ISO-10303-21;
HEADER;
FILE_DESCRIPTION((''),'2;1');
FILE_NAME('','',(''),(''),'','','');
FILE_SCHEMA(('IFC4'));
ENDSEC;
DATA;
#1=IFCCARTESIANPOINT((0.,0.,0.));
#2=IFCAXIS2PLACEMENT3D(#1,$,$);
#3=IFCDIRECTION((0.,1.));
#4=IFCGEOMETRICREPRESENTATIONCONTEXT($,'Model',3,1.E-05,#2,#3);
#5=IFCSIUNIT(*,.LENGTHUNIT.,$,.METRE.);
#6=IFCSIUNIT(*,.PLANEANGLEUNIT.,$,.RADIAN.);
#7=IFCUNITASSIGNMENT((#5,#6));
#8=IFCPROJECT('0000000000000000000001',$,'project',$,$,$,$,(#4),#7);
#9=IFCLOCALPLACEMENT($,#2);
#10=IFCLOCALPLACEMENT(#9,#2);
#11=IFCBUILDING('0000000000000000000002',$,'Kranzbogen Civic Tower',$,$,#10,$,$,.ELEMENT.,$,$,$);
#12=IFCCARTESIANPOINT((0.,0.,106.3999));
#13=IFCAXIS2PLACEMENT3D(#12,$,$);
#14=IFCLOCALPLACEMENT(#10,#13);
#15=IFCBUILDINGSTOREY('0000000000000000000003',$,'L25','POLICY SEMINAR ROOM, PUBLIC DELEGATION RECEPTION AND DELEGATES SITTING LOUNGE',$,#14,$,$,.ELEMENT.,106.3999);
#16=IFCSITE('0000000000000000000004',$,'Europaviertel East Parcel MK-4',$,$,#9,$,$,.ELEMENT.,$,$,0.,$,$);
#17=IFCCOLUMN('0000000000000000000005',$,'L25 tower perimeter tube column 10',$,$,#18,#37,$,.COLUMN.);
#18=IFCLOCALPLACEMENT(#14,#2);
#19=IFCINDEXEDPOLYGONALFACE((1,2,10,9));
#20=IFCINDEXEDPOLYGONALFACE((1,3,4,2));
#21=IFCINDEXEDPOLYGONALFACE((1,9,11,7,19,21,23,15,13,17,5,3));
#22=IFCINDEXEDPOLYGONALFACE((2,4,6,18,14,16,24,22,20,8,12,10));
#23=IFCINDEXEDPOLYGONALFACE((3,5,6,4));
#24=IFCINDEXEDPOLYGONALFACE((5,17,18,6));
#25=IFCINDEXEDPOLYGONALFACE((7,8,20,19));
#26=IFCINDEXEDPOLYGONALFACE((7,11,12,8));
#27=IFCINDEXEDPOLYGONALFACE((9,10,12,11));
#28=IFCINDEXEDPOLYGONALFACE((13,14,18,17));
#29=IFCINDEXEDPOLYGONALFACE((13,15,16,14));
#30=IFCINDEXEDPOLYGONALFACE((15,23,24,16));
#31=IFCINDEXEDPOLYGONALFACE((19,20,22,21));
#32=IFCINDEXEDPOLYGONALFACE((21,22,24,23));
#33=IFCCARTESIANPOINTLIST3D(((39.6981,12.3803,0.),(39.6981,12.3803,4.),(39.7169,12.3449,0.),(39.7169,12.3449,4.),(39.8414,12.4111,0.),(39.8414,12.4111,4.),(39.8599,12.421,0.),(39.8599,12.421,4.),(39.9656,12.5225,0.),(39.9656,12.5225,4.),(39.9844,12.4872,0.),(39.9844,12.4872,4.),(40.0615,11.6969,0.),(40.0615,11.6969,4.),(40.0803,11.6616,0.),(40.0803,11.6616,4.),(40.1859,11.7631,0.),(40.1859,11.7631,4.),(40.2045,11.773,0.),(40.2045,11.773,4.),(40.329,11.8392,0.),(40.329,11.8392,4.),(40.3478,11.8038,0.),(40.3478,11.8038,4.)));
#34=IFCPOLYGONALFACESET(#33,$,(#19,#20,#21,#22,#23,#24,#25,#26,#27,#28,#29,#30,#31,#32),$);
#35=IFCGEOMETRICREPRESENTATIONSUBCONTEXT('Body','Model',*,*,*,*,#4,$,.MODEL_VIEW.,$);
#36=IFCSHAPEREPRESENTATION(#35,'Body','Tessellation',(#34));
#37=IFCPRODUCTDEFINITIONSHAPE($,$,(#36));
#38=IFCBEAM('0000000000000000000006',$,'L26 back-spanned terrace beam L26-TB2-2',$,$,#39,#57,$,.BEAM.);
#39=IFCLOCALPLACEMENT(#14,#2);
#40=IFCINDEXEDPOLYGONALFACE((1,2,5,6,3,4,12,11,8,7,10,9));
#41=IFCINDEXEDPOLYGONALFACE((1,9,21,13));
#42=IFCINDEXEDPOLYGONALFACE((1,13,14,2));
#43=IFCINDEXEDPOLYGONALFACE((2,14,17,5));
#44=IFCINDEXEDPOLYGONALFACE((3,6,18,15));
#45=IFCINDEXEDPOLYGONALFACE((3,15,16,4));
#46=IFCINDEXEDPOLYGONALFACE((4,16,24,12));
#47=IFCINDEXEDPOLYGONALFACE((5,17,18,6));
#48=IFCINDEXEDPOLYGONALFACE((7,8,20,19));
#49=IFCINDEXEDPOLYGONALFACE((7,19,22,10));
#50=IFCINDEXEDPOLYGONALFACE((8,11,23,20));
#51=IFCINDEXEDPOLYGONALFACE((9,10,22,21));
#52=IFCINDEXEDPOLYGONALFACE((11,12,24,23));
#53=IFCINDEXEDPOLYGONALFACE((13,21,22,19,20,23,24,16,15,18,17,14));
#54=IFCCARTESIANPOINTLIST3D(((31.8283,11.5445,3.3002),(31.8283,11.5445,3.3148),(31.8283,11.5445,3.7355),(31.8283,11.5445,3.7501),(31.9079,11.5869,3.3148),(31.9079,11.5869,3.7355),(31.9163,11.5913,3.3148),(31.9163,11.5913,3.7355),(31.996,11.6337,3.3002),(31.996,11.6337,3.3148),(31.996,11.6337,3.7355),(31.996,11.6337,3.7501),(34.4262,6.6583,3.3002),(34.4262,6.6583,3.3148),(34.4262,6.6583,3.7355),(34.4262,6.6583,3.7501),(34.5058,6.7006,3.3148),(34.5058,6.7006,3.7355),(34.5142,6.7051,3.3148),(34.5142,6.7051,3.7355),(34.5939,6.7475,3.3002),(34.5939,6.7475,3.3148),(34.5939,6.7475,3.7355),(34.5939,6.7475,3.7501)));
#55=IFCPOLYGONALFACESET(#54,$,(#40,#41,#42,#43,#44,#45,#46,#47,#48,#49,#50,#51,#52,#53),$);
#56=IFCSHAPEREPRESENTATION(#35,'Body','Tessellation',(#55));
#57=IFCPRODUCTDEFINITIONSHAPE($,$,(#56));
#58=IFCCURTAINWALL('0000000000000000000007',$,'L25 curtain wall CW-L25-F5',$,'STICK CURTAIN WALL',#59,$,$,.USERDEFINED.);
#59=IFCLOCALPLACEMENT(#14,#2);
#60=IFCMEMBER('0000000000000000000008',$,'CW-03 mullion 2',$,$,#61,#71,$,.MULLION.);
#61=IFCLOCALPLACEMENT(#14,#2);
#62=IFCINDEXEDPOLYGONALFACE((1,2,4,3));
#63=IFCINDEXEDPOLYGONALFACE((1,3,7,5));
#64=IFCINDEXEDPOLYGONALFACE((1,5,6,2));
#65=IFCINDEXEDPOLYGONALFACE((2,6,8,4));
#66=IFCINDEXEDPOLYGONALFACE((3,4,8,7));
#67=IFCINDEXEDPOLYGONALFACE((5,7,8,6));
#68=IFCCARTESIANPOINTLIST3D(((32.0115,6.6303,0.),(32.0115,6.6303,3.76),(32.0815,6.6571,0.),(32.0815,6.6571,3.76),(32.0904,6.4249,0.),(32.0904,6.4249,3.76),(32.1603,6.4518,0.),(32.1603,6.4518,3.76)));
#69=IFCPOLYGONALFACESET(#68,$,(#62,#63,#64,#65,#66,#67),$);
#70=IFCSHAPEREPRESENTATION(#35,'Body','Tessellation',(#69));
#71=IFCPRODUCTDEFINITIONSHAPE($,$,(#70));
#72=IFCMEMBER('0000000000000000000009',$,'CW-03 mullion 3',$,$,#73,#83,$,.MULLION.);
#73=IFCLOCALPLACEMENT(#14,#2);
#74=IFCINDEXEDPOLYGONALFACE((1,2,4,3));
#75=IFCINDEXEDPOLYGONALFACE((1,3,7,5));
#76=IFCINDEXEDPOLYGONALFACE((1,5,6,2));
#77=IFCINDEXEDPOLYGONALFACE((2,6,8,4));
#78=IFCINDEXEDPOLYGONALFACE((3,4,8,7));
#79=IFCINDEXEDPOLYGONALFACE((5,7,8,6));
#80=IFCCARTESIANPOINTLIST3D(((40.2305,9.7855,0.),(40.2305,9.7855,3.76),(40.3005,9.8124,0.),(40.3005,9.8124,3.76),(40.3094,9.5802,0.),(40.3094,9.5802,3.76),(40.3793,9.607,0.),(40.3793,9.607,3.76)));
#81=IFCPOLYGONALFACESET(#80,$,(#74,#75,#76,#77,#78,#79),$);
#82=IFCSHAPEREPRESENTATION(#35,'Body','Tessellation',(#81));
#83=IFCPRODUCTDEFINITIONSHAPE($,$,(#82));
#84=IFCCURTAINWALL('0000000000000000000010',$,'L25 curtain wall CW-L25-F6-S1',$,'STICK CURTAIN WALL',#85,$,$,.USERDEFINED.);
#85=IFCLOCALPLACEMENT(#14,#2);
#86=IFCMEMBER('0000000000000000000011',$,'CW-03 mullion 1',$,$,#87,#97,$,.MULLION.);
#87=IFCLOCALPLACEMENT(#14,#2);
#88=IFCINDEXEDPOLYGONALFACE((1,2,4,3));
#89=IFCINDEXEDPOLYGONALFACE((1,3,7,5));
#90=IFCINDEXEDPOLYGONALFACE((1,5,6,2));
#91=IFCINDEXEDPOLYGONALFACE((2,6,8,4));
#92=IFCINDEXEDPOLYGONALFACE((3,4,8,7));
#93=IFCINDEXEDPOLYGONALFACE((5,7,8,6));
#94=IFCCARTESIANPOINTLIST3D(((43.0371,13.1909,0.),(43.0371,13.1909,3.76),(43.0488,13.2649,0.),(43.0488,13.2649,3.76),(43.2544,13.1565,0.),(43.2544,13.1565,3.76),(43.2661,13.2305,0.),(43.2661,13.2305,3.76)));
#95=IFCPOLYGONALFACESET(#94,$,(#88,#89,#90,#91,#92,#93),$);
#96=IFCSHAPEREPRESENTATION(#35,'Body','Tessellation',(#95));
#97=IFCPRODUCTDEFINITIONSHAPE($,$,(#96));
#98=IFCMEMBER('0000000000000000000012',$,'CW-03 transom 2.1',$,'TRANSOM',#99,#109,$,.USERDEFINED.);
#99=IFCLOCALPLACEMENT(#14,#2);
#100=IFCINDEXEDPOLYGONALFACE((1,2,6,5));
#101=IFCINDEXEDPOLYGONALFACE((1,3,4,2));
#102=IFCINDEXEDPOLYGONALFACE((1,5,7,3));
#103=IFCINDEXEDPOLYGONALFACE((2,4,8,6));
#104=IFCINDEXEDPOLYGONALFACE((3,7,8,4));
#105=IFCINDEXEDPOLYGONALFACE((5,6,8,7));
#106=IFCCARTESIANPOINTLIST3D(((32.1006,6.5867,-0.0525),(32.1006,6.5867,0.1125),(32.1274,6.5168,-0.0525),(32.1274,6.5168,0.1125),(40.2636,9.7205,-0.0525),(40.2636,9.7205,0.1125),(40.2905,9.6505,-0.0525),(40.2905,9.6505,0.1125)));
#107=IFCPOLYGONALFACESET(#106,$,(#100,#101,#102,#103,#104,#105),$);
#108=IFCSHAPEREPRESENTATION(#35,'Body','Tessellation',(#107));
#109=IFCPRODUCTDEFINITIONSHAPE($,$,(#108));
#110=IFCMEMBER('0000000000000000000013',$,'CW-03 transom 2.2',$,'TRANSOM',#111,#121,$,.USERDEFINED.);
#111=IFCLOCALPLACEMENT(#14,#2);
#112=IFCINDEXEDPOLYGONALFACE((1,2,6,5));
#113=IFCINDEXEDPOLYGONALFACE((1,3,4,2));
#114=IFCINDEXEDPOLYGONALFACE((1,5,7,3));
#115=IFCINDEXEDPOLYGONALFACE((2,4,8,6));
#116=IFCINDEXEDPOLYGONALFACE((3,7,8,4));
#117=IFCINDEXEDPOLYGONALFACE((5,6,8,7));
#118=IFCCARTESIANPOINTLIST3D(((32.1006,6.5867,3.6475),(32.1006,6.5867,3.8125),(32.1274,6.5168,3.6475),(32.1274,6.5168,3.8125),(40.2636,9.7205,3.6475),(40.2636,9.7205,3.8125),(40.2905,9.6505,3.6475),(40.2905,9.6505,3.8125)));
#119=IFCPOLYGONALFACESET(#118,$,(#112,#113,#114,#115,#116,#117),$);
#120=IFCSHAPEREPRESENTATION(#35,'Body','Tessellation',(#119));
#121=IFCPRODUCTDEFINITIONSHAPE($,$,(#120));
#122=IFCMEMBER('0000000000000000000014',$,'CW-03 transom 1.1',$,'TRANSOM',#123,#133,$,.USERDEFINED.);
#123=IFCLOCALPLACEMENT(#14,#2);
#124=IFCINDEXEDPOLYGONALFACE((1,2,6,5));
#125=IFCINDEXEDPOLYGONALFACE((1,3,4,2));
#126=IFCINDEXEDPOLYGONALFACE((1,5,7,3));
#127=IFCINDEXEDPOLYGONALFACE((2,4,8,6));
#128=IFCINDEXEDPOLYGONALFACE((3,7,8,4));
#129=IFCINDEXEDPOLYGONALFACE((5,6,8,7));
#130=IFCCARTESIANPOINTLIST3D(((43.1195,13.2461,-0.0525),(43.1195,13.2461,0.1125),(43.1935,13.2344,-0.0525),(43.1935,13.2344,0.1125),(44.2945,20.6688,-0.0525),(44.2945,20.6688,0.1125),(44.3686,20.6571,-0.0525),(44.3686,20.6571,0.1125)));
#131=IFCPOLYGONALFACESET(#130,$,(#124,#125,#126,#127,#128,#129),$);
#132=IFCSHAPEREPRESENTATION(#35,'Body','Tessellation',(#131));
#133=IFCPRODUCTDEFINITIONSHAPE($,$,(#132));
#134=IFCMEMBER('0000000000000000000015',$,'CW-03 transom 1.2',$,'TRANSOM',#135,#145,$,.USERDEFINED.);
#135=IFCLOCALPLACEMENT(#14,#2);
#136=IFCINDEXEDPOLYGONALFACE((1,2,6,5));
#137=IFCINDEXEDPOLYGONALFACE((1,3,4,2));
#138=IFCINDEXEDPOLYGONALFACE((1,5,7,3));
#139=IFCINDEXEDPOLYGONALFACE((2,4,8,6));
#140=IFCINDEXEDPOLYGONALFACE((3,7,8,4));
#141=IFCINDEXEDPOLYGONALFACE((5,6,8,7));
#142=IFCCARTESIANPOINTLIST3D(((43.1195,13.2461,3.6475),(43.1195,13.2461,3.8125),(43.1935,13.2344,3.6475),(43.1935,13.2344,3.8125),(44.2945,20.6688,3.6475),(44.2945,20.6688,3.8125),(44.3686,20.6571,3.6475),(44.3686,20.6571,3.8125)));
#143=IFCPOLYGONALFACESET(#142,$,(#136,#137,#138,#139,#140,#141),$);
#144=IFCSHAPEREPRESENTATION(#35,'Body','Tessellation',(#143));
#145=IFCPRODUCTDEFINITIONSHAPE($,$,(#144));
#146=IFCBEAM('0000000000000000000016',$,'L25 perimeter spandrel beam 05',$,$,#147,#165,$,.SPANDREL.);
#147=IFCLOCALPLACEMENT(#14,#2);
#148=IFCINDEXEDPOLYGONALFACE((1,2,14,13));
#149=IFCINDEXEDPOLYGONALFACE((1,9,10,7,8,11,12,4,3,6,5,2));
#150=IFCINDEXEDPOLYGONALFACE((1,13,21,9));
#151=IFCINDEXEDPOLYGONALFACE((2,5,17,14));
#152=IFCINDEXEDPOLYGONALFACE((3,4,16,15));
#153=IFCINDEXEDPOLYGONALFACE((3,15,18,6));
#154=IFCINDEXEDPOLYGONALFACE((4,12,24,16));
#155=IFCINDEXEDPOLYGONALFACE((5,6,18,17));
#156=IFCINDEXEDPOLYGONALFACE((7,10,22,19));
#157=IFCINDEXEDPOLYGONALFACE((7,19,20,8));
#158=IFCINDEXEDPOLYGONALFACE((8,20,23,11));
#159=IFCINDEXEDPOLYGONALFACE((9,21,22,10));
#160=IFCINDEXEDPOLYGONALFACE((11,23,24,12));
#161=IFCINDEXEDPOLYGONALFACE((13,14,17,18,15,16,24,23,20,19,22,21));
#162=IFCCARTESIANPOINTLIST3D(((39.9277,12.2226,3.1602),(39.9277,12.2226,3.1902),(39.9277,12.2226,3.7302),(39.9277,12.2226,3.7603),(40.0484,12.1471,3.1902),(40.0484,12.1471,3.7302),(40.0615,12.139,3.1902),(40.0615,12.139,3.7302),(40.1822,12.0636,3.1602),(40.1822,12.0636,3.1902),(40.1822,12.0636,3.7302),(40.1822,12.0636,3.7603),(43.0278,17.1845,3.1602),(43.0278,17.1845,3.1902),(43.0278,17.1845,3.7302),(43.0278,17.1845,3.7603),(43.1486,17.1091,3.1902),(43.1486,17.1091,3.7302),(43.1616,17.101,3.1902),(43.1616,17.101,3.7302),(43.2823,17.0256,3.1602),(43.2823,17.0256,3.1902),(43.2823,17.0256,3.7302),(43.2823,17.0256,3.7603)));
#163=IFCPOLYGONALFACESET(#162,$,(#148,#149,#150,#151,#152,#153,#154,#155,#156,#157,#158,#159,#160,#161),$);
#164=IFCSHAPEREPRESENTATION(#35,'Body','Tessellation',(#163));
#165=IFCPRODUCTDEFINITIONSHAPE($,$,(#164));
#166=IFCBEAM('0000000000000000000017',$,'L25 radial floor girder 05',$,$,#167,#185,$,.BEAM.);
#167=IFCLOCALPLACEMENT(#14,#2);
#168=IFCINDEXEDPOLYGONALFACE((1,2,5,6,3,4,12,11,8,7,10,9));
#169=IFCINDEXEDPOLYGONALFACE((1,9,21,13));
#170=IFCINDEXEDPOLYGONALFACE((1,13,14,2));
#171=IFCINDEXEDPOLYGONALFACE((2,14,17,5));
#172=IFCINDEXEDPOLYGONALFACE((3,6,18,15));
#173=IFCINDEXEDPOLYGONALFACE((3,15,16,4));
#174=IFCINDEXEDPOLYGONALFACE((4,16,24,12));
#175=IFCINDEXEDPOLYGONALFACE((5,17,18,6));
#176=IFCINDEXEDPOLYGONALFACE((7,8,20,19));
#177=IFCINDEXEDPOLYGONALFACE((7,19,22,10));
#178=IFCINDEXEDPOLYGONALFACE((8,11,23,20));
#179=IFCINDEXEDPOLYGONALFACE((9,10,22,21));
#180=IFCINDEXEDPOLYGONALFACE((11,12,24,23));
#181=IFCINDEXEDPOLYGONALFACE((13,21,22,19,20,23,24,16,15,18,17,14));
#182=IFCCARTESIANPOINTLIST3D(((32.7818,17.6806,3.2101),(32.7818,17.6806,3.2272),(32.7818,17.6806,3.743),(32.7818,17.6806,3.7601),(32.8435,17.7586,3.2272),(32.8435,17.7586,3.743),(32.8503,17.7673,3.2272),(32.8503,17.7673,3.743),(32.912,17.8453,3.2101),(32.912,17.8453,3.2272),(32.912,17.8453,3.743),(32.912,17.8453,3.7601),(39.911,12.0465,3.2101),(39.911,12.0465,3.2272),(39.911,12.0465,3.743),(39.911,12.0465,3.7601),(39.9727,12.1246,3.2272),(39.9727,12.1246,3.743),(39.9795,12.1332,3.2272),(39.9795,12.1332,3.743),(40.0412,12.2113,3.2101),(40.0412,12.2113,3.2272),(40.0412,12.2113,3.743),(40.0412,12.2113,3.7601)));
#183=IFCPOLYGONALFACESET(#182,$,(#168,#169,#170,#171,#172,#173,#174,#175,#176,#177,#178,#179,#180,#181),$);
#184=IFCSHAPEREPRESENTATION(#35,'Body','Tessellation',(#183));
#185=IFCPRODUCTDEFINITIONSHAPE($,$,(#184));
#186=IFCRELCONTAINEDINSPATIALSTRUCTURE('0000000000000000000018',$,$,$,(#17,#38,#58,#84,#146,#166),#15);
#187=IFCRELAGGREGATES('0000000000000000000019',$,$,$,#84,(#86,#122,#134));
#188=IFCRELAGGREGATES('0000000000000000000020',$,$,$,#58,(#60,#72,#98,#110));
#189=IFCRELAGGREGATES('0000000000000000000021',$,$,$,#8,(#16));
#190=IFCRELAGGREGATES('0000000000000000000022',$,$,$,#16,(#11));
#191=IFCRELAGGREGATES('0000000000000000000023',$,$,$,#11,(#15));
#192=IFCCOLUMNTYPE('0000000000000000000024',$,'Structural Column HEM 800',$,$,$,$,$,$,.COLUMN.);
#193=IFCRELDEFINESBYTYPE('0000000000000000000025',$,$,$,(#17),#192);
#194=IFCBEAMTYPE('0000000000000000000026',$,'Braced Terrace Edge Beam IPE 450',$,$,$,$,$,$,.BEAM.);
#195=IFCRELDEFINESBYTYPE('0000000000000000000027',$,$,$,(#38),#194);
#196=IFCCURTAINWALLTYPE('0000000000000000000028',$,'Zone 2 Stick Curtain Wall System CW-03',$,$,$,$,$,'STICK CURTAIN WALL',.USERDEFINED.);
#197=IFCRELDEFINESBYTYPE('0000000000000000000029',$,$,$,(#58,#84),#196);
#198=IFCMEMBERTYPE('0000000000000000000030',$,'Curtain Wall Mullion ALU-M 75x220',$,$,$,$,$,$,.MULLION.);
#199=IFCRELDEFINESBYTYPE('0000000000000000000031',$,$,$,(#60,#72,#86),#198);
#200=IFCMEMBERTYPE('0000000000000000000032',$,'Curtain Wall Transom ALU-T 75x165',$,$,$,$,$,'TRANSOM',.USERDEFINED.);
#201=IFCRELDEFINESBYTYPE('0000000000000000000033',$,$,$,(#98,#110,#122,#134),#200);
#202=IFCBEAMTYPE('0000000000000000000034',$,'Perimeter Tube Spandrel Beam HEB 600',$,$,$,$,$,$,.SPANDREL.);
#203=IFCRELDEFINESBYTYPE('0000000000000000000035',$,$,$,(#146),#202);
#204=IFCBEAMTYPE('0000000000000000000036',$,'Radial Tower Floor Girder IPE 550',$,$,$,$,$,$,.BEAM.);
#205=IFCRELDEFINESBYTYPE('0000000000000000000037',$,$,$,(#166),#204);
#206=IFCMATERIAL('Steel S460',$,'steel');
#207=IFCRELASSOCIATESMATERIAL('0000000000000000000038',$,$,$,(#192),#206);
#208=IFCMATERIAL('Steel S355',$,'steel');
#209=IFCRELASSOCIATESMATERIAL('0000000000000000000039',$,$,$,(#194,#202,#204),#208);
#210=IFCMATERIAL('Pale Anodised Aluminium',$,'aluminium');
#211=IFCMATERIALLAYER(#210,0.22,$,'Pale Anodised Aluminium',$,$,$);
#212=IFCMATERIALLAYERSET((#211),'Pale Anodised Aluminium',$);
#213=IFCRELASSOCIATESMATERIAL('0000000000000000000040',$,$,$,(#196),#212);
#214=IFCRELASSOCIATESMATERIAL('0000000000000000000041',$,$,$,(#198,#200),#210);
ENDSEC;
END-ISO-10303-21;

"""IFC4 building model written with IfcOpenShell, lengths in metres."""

from ifc_helpers import new_model, si_unit, direction, frame, origin, origin_2d, place, context, subcontext, project, spatial, rectangle, i_section, extrude, material, layer, layer_set, material_profile, profile_set, type_object, element, aggregate, save


model = new_model("IFC4")

# Units and contexts
model_context = context("Model", 3, precision=1e-05, world=origin(), true_north=direction((0.0, 1.0)))
body_context = subcontext(model_context, "Body", "Model", "MODEL_VIEW")
ifc_project = project(units=[si_unit("LENGTHUNIT", "METRE"), si_unit("PLANEANGLEUNIT", "RADIAN")], contexts=[model_context])

# Site, building, storey
site_placement = place(None, origin())
site = spatial("IfcSite", under=ifc_project, at=site_placement, Name="Europaviertel East Parcel MK-4", CompositionType="ELEMENT", RefElevation=0.0)
building_placement = place(site_placement, origin())
building = spatial("IfcBuilding", under=site, at=building_placement, Name="Kranzbogen Civic Tower", CompositionType="ELEMENT")
storey_placement = place(building_placement, frame((0.0, 0.0, 106.3999)))
storey = spatial("IfcBuildingStorey", under=building, at=storey_placement, Name="L25", Description="POLICY SEMINAR ROOM, PUBLIC DELEGATION RECEPTION AND DELEGATES SITTING LOUNGE", CompositionType="ELEMENT", Elevation=106.3999)

# Column
ifc_material_1 = material(Name="Steel S460", Category="steel")
ifc_material_profile_1 = material_profile(ifc_material_1, i_section(OverallWidth=0.303, OverallDepth=0.814, WebThickness=0.021, FlangeThickness=0.04, at=origin_2d()), Name="HEM 800")
ifc_profile_set_1 = profile_set([ifc_material_profile_1], Name="Steel S460")
column_type = type_object("IfcColumnType", Name="Structural Column HEM 800", PredefinedType="COLUMN", material=ifc_profile_set_1)
column_placement = place(storey_placement, frame((40.0229, 12.092, 0.0), z_axis=(0.0, 0.0, 1.0), x_axis=(0.882948, 0.469472, 0.0)))
element("IfcColumn", 1, at=column_placement, inside=storey, type_object=column_type, Name="L25 tower perimeter tube column 10", PredefinedType="COLUMN", context=body_context, shape_type="SweptSolid", body=[
    extrude(i_section(OverallWidth=0.303, OverallDepth=0.814, WebThickness=0.021, FlangeThickness=0.04, at=origin_2d()), origin(), (0.0, 0.0, 1.0), 4.0),
])

# Beam
ifc_material_2 = material(Name="Steel S355", Category="steel")
ifc_material_profile_2 = material_profile(ifc_material_2, i_section(OverallWidth=0.1899, OverallDepth=0.45, WebThickness=0.0095, FlangeThickness=0.0146, at=origin_2d()), Name="IPE 450")
ifc_profile_set_2 = profile_set([ifc_material_profile_2], Name="Steel S355")
beam_type_1 = type_object("IfcBeamType", Name="Braced Terrace Edge Beam IPE 450", PredefinedType="BEAM", material=ifc_profile_set_2)
beam_1_placement = place(storey_placement, frame((31.9121, 11.5891, 3.5251), z_axis=(0.46945, -0.882959, 0.0), x_axis=(0.882959, 0.46945, 0.0)))
element("IfcBeam", 2, at=beam_1_placement, inside=storey, type_object=beam_type_1, Name="L26 back-spanned terrace beam L26-TB2-2", PredefinedType="BEAM", context=body_context, shape_type="SweptSolid", body=[
    extrude(i_section(OverallWidth=0.1899, OverallDepth=0.45, WebThickness=0.0095, FlangeThickness=0.0146, at=origin_2d()), origin(), (0.0, 0.0, 1.0), 5.5339),
])

# Curtain wall, members
ifc_material_3 = material(Name="Pale Anodised Aluminium", Category="aluminium")
ifc_layer_1 = layer(ifc_material_3, 0.22, Name="Pale Anodised Aluminium")
ifc_layer_set_1 = layer_set([ifc_layer_1], Name="Pale Anodised Aluminium")
curtain_wall_type = type_object("IfcCurtainWallType", Name="Zone 2 Stick Curtain Wall System CW-03", ElementType="STICK CURTAIN WALL", PredefinedType="USERDEFINED", material=ifc_layer_set_1)
curtain_wall_1_placement = place(storey_placement, origin())
curtain_wall_1 = element("IfcCurtainWall", 3, at=curtain_wall_1_placement, inside=storey, type_object=curtain_wall_type, Name="L25 curtain wall CW-L25-F5", ObjectType="STICK CURTAIN WALL", PredefinedType="USERDEFINED")
ifc_material_profile_3 = material_profile(ifc_material_3, rectangle(XDim=0.075, YDim=0.22, at=origin_2d()), Name="ALU-M 75x220")
ifc_profile_set_3 = profile_set([ifc_material_profile_3], Name="Pale Anodised Aluminium")
member_type_1 = type_object("IfcMemberType", Name="Curtain Wall Mullion ALU-M 75x220", PredefinedType="MULLION", material=ifc_profile_set_3)
member_1_placement = place(storey_placement, frame((32.0859, 6.541, 0.0), z_axis=(0.0, 0.0, 1.0), x_axis=(0.93357, 0.358395, 0.0)))
member_1 = element("IfcMember", 4, at=member_1_placement, type_object=member_type_1, Name="CW-03 mullion 2", PredefinedType="MULLION", context=body_context, shape_type="SweptSolid", body=[
    extrude(rectangle(XDim=0.075, YDim=0.22, at=origin_2d()), origin(), (0.0, 0.0, 1.0), 3.76),
])
member_2_placement = place(storey_placement, frame((40.3049, 9.6963, 0.0), z_axis=(0.0, 0.0, 1.0), x_axis=(0.93357, 0.358395, 0.0)))
member_2 = element("IfcMember", 5, at=member_2_placement, type_object=member_type_1, Name="CW-03 mullion 3", PredefinedType="MULLION", context=body_context, shape_type="SweptSolid", body=[
    extrude(rectangle(XDim=0.075, YDim=0.22, at=origin_2d()), origin(), (0.0, 0.0, 1.0), 3.76),
])

# Curtain wall, member
curtain_wall_2_placement = place(storey_placement, origin())
curtain_wall_2 = element("IfcCurtainWall", 6, at=curtain_wall_2_placement, inside=storey, type_object=curtain_wall_type, Name="L25 curtain wall CW-L25-F6-S1", ObjectType="STICK CURTAIN WALL", PredefinedType="USERDEFINED")
member_3_placement = place(storey_placement, frame((43.1516, 13.2107, 0.0), z_axis=(0.0, 0.0, 1.0), x_axis=(0.156386, 0.987696, 0.0)))
member_3 = element("IfcMember", 7, at=member_3_placement, type_object=member_type_1, Name="CW-03 mullion 1", PredefinedType="MULLION", context=body_context, shape_type="SweptSolid", body=[
    extrude(rectangle(XDim=0.075, YDim=0.22, at=origin_2d()), origin(), (0.0, 0.0, 1.0), 3.76),
])

# Members
ifc_material_profile_4 = material_profile(ifc_material_3, rectangle(XDim=0.075, YDim=0.165, at=origin_2d()), Name="ALU-T 75x165")
ifc_profile_set_4 = profile_set([ifc_material_profile_4], Name="Pale Anodised Aluminium")
member_type_2 = type_object("IfcMemberType", Name="Curtain Wall Transom ALU-T 75x165", ElementType="TRANSOM", PredefinedType="USERDEFINED", material=ifc_profile_set_4)
member_4_placement = place(storey_placement, frame((32.114, 6.5518, 0.03), z_axis=(0.93357, 0.358395, 0.0), x_axis=(-0.358395, 0.93357, 0.0)))
member_4 = element("IfcMember", 8, at=member_4_placement, type_object=member_type_2, Name="CW-03 transom 2.1", ObjectType="TRANSOM", PredefinedType="USERDEFINED", context=body_context, shape_type="SweptSolid", body=[
    extrude(rectangle(XDim=0.075, YDim=0.165, at=origin_2d()), origin(), (0.0, 0.0, 1.0), 8.7439),
])
member_5_placement = place(storey_placement, frame((32.114, 6.5518, 3.73), z_axis=(0.93357, 0.358395, 0.0), x_axis=(-0.358395, 0.93357, 0.0)))
member_5 = element("IfcMember", 9, at=member_5_placement, type_object=member_type_2, Name="CW-03 transom 2.2", ObjectType="TRANSOM", PredefinedType="USERDEFINED", context=body_context, shape_type="SweptSolid", body=[
    extrude(rectangle(XDim=0.075, YDim=0.165, at=origin_2d()), origin(), (0.0, 0.0, 1.0), 8.7439),
])
member_6_placement = place(storey_placement, frame((43.1565, 13.2402, 0.03), z_axis=(0.15636, 0.9877, 0.0), x_axis=(-0.9877, 0.15636, 0.0)))
member_6 = element("IfcMember", 10, at=member_6_placement, type_object=member_type_2, Name="CW-03 transom 1.1", ObjectType="TRANSOM", PredefinedType="USERDEFINED", context=body_context, shape_type="SweptSolid", body=[
    extrude(rectangle(XDim=0.075, YDim=0.165, at=origin_2d()), origin(), (0.0, 0.0, 1.0), 7.5151),
])
member_7_placement = place(storey_placement, frame((43.1565, 13.2402, 3.73), z_axis=(0.15636, 0.9877, 0.0), x_axis=(-0.9877, 0.15636, 0.0)))
member_7 = element("IfcMember", 11, at=member_7_placement, type_object=member_type_2, Name="CW-03 transom 1.2", ObjectType="TRANSOM", PredefinedType="USERDEFINED", context=body_context, shape_type="SweptSolid", body=[
    extrude(rectangle(XDim=0.075, YDim=0.165, at=origin_2d()), origin(), (0.0, 0.0, 1.0), 7.5151),
])
aggregate(curtain_wall_2, [member_3, member_6, member_7])

# Beams
ifc_material_profile_5 = material_profile(ifc_material_2, i_section(OverallWidth=0.3, OverallDepth=0.6001, WebThickness=0.0154, FlangeThickness=0.03, at=origin_2d()), Name="HEB 600")
ifc_profile_set_5 = profile_set([ifc_material_profile_5], Name="Steel S355")
beam_type_2 = type_object("IfcBeamType", Name="Perimeter Tube Spandrel Beam HEB 600", PredefinedType="SPANDREL", material=ifc_profile_set_5)
beam_2_placement = place(storey_placement, frame((40.0549, 12.1431, 3.4602), z_axis=(0.529864, 0.848083, 0.0), x_axis=(-0.848083, 0.529864, 0.0)))
element("IfcBeam", 12, at=beam_2_placement, inside=storey, type_object=beam_type_2, Name="L25 perimeter spandrel beam 05", PredefinedType="SPANDREL", context=body_context, shape_type="SweptSolid", body=[
    extrude(i_section(OverallWidth=0.3, OverallDepth=0.6001, WebThickness=0.0154, FlangeThickness=0.03, at=origin_2d()), origin(), (0.0, 0.0, 1.0), 5.8508),
])
ifc_material_profile_6 = material_profile(ifc_material_2, i_section(OverallWidth=0.21, OverallDepth=0.55, WebThickness=0.011, FlangeThickness=0.0171, at=origin_2d()), Name="IPE 550")
ifc_profile_set_6 = profile_set([ifc_material_profile_6], Name="Steel S355")
beam_type_3 = type_object("IfcBeamType", Name="Radial Tower Floor Girder IPE 550", PredefinedType="BEAM", material=ifc_profile_set_6)
beam_3_placement = place(storey_placement, frame((39.9761, 12.1289, 3.4851), z_axis=(-0.784575, 0.620034, 0.0), x_axis=(-0.620034, -0.784575, 0.0)))
element("IfcBeam", 13, at=beam_3_placement, inside=storey, type_object=beam_type_3, Name="L25 radial floor girder 05", PredefinedType="BEAM", context=body_context, shape_type="SweptSolid", body=[
    extrude(i_section(OverallWidth=0.21, OverallDepth=0.55, WebThickness=0.011, FlangeThickness=0.0171, at=origin_2d()), origin(), (0.0, 0.0, 1.0), 9.0867),
])

aggregate(curtain_wall_1, [member_1, member_2, member_4, member_5])

save(model, "model.ifc")
